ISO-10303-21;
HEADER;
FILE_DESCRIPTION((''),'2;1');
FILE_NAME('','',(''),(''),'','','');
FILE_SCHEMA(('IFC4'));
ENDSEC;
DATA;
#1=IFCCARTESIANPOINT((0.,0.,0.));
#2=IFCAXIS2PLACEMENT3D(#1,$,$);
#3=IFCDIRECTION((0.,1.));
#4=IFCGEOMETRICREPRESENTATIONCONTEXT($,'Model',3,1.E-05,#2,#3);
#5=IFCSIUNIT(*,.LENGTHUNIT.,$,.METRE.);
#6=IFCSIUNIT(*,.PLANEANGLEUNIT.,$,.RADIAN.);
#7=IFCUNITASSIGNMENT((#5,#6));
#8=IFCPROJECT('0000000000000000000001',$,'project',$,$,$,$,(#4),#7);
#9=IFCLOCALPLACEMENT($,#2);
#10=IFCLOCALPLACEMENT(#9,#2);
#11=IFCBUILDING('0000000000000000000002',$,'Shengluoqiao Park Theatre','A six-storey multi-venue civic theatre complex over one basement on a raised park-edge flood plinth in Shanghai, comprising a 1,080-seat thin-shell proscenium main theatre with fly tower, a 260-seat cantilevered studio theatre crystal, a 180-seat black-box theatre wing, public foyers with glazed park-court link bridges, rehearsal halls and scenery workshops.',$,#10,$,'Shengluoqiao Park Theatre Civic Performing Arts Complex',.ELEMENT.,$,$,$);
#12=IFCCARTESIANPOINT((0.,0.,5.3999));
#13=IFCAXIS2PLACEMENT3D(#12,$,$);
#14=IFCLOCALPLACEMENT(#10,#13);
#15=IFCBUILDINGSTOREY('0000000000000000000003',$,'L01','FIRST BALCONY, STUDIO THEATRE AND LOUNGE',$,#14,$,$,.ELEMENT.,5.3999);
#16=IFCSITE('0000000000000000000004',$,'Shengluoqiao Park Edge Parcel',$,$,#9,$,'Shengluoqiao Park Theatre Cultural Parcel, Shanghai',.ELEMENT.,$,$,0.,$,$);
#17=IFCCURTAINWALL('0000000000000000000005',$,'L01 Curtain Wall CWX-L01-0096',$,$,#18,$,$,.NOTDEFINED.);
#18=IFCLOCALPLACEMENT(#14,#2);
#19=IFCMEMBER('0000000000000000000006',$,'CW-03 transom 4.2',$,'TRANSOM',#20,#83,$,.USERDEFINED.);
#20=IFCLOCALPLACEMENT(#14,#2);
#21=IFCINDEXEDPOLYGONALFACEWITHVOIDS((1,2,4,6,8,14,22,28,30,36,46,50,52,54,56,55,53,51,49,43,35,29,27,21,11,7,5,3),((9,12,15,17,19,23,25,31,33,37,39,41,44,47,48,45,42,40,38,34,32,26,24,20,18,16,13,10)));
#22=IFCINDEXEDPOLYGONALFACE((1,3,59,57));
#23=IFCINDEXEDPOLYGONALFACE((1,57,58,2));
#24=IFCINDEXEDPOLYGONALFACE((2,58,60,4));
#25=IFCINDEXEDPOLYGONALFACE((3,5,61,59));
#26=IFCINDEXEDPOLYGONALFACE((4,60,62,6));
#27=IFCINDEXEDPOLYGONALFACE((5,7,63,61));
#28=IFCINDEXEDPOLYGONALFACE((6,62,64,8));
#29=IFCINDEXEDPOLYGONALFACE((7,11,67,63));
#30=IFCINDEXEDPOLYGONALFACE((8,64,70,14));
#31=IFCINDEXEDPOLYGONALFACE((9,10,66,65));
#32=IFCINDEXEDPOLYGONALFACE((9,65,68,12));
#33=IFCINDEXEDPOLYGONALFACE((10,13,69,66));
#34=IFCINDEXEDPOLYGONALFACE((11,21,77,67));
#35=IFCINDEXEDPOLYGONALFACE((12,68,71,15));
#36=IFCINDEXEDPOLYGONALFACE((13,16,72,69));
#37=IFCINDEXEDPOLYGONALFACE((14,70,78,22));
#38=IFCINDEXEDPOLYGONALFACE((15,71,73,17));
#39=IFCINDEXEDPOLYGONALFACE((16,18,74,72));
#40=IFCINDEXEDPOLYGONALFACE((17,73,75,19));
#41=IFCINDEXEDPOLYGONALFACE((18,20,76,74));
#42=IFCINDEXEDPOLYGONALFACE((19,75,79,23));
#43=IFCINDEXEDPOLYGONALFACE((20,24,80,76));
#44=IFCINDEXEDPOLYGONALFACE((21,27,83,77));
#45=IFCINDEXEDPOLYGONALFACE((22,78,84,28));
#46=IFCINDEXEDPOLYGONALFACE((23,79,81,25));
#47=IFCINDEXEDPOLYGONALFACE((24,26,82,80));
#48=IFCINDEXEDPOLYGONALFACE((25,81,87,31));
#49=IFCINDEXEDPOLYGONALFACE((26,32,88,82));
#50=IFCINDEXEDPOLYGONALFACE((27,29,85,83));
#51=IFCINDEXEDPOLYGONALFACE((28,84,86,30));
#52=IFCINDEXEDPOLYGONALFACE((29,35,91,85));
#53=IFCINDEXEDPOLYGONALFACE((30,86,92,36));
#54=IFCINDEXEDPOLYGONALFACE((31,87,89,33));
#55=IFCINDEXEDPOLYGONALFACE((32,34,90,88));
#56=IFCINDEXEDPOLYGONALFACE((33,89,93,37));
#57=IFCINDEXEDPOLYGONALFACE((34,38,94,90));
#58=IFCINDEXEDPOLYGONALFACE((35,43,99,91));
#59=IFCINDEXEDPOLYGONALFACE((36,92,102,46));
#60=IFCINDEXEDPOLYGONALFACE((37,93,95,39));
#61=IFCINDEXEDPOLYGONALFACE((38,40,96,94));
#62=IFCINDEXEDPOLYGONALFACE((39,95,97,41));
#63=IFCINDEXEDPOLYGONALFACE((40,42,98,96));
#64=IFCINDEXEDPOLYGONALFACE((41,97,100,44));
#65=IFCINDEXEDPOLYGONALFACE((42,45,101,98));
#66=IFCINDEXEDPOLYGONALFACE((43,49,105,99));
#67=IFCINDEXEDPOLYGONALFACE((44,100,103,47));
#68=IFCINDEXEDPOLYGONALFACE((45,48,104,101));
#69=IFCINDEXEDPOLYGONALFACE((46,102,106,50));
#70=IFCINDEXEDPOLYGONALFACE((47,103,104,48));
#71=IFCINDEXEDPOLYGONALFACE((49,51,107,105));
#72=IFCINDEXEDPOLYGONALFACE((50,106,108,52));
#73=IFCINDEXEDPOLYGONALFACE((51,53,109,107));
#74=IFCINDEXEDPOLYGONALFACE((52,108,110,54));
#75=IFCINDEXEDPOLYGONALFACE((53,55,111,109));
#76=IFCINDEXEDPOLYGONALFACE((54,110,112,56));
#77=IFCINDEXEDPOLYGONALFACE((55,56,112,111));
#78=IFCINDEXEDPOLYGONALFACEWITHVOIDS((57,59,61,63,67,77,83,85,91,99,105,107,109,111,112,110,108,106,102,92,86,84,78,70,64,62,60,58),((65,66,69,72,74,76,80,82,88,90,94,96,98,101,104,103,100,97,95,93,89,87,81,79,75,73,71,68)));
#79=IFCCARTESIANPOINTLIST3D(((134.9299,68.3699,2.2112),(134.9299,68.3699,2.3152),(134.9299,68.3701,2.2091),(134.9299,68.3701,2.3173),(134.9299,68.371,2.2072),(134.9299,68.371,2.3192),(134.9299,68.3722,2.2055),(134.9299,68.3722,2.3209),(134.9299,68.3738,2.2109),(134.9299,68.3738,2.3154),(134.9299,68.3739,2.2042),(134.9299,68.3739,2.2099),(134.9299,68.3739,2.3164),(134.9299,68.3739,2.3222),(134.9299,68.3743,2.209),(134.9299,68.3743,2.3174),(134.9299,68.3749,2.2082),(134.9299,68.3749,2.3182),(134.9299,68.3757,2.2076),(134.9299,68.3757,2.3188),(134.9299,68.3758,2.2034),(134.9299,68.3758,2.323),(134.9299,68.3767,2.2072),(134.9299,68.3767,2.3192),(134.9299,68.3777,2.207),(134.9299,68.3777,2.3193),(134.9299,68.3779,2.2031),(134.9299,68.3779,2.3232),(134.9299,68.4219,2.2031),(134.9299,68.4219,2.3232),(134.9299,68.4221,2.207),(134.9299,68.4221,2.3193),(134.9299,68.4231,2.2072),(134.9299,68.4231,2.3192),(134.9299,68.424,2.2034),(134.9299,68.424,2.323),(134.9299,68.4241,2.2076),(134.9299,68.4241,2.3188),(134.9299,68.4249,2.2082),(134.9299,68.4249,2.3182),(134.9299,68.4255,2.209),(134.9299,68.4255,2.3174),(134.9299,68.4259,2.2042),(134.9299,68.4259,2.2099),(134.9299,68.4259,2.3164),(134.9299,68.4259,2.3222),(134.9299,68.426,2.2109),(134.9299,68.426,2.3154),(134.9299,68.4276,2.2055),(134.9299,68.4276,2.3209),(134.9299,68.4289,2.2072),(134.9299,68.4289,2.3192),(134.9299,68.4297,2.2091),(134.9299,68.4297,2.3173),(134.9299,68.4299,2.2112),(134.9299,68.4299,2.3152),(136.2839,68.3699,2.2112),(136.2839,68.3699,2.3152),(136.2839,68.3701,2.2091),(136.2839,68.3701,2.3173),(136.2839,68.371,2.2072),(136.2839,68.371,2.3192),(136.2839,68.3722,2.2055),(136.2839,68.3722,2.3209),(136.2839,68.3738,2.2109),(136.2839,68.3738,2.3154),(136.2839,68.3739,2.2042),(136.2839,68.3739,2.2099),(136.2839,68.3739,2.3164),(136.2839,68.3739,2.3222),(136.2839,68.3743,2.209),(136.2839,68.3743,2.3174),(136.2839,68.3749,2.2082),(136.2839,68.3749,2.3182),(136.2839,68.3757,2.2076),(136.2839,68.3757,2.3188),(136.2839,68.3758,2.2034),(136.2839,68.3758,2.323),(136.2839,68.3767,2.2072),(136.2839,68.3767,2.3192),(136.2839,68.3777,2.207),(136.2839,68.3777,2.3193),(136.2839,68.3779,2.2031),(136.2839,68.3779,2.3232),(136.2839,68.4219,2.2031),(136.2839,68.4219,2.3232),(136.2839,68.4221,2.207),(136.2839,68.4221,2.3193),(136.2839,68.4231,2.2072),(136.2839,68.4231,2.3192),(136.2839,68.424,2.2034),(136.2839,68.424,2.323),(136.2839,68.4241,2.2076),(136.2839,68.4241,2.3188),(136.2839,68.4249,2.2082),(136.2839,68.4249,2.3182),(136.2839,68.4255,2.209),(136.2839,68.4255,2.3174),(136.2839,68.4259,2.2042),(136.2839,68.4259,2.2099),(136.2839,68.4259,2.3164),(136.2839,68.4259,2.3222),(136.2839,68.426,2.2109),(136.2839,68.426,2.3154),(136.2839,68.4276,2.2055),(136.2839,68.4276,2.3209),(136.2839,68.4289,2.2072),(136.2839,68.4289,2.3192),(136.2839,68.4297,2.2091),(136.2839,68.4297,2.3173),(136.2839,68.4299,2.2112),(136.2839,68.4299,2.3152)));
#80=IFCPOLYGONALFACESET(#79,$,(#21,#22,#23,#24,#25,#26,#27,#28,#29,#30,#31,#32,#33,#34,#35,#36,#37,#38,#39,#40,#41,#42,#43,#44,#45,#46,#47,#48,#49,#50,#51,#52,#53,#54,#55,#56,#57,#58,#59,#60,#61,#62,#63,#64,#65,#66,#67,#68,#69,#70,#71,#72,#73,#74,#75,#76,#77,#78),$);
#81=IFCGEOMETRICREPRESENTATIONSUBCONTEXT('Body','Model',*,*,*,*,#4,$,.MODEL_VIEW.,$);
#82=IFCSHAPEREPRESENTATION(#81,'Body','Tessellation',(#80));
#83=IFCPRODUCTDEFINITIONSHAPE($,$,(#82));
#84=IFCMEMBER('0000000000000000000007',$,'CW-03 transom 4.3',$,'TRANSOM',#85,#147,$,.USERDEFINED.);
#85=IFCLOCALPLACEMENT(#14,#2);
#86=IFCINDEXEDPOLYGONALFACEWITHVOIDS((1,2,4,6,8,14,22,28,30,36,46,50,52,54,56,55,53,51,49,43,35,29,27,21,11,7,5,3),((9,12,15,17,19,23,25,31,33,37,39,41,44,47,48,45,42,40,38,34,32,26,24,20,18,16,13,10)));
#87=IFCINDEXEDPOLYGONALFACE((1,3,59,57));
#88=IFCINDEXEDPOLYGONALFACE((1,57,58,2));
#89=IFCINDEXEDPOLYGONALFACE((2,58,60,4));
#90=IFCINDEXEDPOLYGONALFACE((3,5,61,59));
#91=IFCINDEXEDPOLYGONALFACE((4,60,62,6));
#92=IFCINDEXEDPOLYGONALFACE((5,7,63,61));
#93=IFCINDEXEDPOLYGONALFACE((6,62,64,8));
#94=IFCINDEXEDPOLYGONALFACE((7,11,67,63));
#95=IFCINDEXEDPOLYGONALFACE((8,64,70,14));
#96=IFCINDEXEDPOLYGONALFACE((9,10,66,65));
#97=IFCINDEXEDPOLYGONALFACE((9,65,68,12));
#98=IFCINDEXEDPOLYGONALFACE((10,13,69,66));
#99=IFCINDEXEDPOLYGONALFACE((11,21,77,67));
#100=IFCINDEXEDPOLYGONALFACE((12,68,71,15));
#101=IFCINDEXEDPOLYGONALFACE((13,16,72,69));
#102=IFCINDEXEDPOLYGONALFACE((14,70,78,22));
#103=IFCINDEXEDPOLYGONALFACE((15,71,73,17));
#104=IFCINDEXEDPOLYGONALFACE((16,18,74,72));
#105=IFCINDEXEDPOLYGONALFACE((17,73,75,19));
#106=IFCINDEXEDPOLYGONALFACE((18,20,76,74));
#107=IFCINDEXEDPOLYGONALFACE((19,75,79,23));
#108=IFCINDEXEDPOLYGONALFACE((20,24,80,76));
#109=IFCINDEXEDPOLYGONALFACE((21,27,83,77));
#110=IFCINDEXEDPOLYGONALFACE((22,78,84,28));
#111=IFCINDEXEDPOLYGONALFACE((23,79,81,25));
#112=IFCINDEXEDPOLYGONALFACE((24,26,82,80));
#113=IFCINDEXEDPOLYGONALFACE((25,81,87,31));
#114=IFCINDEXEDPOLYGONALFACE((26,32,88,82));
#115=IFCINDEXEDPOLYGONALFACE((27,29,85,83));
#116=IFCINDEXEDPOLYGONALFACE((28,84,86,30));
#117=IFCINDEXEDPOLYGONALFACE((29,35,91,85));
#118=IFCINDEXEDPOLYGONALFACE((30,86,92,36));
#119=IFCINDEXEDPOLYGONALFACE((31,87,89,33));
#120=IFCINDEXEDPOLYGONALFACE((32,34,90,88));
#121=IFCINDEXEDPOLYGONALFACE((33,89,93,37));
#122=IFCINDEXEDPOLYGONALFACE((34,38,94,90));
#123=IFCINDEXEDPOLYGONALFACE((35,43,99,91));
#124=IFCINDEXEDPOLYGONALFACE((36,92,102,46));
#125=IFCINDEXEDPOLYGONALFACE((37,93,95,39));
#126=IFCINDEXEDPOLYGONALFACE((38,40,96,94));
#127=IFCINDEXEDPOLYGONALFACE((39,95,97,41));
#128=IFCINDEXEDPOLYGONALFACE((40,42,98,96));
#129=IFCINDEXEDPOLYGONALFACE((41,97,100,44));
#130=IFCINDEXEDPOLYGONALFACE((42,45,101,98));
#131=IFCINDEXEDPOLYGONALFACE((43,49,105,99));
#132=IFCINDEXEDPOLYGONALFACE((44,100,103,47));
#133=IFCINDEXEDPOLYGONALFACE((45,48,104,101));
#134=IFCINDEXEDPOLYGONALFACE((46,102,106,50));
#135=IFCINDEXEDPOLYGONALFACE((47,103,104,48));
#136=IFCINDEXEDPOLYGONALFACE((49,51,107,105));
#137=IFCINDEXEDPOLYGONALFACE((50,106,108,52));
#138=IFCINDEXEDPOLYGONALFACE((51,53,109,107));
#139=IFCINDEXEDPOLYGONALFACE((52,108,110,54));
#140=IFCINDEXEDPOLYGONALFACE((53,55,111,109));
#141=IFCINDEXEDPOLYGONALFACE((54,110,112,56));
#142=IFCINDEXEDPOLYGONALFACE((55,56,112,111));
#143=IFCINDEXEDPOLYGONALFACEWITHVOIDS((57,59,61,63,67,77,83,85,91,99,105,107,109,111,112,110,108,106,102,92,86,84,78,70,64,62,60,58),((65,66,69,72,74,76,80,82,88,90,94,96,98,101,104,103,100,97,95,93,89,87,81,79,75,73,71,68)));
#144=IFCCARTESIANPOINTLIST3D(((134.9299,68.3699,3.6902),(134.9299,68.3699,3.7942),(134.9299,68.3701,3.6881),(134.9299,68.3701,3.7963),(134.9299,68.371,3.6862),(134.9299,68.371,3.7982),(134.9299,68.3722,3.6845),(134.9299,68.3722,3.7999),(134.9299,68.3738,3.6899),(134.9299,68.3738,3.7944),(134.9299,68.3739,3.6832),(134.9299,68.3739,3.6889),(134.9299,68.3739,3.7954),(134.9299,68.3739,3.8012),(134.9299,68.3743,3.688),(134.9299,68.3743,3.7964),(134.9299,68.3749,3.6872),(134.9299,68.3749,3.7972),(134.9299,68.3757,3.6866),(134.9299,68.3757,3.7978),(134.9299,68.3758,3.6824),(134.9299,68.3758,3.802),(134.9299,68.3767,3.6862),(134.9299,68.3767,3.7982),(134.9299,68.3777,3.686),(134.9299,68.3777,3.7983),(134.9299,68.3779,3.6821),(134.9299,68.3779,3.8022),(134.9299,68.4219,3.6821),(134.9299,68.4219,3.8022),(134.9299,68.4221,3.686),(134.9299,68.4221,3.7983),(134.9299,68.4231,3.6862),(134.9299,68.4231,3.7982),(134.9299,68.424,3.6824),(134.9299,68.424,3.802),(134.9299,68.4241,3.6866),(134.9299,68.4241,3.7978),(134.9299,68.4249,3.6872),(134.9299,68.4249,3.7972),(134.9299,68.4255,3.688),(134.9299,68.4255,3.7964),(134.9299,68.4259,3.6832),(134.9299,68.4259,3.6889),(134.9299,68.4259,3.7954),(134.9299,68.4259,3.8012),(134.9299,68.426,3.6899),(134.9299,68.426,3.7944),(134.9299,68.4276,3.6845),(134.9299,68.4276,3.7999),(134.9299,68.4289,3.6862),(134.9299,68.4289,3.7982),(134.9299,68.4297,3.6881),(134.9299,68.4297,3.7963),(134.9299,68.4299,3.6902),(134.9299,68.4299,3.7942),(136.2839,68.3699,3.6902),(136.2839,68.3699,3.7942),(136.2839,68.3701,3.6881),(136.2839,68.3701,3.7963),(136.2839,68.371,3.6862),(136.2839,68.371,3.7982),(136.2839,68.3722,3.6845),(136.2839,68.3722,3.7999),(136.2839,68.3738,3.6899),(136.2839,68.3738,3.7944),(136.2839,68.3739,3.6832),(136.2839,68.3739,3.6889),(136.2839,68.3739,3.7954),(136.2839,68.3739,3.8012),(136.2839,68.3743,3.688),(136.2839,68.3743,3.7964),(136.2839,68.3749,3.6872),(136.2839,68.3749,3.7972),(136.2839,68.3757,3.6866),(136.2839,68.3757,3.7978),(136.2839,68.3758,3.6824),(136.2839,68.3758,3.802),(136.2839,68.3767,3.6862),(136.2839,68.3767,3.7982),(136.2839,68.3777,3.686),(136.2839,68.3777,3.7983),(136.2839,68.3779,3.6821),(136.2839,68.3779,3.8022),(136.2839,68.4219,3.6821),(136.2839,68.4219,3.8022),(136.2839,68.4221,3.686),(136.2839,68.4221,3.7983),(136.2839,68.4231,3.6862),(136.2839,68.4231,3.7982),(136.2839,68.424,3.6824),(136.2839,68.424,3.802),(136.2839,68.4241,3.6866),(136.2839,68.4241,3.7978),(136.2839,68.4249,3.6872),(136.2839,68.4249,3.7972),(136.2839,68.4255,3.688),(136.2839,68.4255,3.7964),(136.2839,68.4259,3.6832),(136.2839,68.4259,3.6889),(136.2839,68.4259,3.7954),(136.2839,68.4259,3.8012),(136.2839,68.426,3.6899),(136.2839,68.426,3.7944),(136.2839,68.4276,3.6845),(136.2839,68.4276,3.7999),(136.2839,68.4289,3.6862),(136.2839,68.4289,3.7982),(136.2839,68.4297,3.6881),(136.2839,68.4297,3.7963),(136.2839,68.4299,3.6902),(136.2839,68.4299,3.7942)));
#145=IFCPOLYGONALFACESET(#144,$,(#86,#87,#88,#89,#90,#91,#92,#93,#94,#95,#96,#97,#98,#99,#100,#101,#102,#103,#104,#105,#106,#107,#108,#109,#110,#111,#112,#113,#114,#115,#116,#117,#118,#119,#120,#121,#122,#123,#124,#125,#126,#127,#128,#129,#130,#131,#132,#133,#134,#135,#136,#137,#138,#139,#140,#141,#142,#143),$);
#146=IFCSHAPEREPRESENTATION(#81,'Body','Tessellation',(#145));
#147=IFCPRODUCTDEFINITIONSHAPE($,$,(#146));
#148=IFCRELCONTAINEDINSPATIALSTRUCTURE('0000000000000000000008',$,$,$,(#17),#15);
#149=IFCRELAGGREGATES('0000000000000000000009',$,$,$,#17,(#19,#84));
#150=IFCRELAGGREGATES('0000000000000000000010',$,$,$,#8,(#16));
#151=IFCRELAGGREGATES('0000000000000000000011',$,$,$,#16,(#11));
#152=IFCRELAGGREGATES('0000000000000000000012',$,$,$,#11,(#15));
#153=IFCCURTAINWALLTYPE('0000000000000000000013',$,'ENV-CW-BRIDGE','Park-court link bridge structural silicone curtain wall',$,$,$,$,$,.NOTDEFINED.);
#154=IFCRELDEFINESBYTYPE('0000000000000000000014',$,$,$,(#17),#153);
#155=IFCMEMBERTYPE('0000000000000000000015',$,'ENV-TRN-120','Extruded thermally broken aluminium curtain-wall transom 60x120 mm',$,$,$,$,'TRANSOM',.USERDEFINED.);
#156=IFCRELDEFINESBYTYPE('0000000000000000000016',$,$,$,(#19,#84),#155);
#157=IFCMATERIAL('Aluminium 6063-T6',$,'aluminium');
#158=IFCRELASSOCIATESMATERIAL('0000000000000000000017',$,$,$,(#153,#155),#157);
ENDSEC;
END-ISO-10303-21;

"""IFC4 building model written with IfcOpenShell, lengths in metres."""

from ifc_helpers import new_model, si_unit, direction, frame, origin, origin_2d, place, context, subcontext, project, spatial, hollow_rectangle, extrude, material, material_profile, profile_set, type_object, element, aggregate, save


model = new_model("IFC4")

# Units and contexts
model_context = context("Model", 3, precision=1e-05, world=origin(), true_north=direction((0.0, 1.0)))
body_context = subcontext(model_context, "Body", "Model", "MODEL_VIEW")
ifc_project = project(units=[si_unit("LENGTHUNIT", "METRE"), si_unit("PLANEANGLEUNIT", "RADIAN")], contexts=[model_context])

# Site, building, storey
site_placement = place(None, origin())
site = spatial("IfcSite", under=ifc_project, at=site_placement, Name="Shengluoqiao Park Edge Parcel", LongName="Shengluoqiao Park Theatre Cultural Parcel, Shanghai", CompositionType="ELEMENT", RefElevation=0.0)
building_placement = place(site_placement, origin())
building = spatial("IfcBuilding", under=site, at=building_placement, Name="Shengluoqiao Park Theatre", Description="A six-storey multi-venue civic theatre complex over one basement on a raised park-edge flood plinth in Shanghai, comprising a 1,080-seat thin-shell proscenium main theatre with fly tower, a 260-seat cantilevered studio theatre crystal, a 180-seat black-box theatre wing, public foyers with glazed park-court link bridges, rehearsal halls and scenery workshops.", LongName="Shengluoqiao Park Theatre Civic Performing Arts Complex", CompositionType="ELEMENT")
storey_placement = place(building_placement, frame((0.0, 0.0, 5.3999)))
storey = spatial("IfcBuildingStorey", under=building, at=storey_placement, Name="L01", Description="FIRST BALCONY, STUDIO THEATRE AND LOUNGE", CompositionType="ELEMENT", Elevation=5.3999)

# Curtain wall, members
ifc_material_1 = material(Name="Aluminium 6063-T6", Category="aluminium")
curtain_wall_type = type_object("IfcCurtainWallType", Name="ENV-CW-BRIDGE", Description="Park-court link bridge structural silicone curtain wall", PredefinedType="NOTDEFINED", material=ifc_material_1)
curtain_wall_placement = place(storey_placement, origin())
curtain_wall = element("IfcCurtainWall", 1, at=curtain_wall_placement, inside=storey, type_object=curtain_wall_type, Name="L01 Curtain Wall CWX-L01-0096", PredefinedType="NOTDEFINED")
ifc_material_profile_1 = material_profile(ifc_material_1, hollow_rectangle(XDim=0.0601, YDim=0.1201, WallThickness=0.0039, InnerFilletRadius=0.0039, OuterFilletRadius=0.0081, at=origin_2d()), Name="ALU TRANSOM 120x60x4")
ifc_profile_set_1 = profile_set([ifc_material_profile_1], Name="Aluminium 6063-T6")
member_type_1 = type_object("IfcMemberType", Name="ENV-TRN-120", Description="Extruded thermally broken aluminium curtain-wall transom 60x120 mm", ElementType="TRANSOM", PredefinedType="USERDEFINED", material=ifc_profile_set_1)
member_1_placement = place(storey_placement, frame((134.9299, 68.3999, 2.2632), z_axis=(1.0, 0.0, 0.0), x_axis=(0.0, 1.0, 0.0)))
member_1 = element("IfcMember", 2, at=member_1_placement, type_object=member_type_1, Name="CW-03 transom 4.2", ObjectType="TRANSOM", PredefinedType="USERDEFINED", context=body_context, shape_type="SweptSolid", body=[
    extrude(hollow_rectangle(XDim=0.0601, YDim=0.1201, WallThickness=0.0039, InnerFilletRadius=0.0039, OuterFilletRadius=0.0081, at=origin_2d()), origin(), (0.0, 0.0, 1.0), 1.354),
])
member_2_placement = place(storey_placement, frame((134.9299, 68.3999, 3.7422), z_axis=(1.0, 0.0, 0.0), x_axis=(0.0, 1.0, 0.0)))
member_2 = element("IfcMember", 3, at=member_2_placement, type_object=member_type_1, Name="CW-03 transom 4.3", ObjectType="TRANSOM", PredefinedType="USERDEFINED", context=body_context, shape_type="SweptSolid", body=[
    extrude(hollow_rectangle(XDim=0.0601, YDim=0.1201, WallThickness=0.0039, InnerFilletRadius=0.0039, OuterFilletRadius=0.0081, at=origin_2d()), origin(), (0.0, 0.0, 1.0), 1.354),
])

aggregate(curtain_wall, [member_1, member_2])

save(model, "model.ifc")
